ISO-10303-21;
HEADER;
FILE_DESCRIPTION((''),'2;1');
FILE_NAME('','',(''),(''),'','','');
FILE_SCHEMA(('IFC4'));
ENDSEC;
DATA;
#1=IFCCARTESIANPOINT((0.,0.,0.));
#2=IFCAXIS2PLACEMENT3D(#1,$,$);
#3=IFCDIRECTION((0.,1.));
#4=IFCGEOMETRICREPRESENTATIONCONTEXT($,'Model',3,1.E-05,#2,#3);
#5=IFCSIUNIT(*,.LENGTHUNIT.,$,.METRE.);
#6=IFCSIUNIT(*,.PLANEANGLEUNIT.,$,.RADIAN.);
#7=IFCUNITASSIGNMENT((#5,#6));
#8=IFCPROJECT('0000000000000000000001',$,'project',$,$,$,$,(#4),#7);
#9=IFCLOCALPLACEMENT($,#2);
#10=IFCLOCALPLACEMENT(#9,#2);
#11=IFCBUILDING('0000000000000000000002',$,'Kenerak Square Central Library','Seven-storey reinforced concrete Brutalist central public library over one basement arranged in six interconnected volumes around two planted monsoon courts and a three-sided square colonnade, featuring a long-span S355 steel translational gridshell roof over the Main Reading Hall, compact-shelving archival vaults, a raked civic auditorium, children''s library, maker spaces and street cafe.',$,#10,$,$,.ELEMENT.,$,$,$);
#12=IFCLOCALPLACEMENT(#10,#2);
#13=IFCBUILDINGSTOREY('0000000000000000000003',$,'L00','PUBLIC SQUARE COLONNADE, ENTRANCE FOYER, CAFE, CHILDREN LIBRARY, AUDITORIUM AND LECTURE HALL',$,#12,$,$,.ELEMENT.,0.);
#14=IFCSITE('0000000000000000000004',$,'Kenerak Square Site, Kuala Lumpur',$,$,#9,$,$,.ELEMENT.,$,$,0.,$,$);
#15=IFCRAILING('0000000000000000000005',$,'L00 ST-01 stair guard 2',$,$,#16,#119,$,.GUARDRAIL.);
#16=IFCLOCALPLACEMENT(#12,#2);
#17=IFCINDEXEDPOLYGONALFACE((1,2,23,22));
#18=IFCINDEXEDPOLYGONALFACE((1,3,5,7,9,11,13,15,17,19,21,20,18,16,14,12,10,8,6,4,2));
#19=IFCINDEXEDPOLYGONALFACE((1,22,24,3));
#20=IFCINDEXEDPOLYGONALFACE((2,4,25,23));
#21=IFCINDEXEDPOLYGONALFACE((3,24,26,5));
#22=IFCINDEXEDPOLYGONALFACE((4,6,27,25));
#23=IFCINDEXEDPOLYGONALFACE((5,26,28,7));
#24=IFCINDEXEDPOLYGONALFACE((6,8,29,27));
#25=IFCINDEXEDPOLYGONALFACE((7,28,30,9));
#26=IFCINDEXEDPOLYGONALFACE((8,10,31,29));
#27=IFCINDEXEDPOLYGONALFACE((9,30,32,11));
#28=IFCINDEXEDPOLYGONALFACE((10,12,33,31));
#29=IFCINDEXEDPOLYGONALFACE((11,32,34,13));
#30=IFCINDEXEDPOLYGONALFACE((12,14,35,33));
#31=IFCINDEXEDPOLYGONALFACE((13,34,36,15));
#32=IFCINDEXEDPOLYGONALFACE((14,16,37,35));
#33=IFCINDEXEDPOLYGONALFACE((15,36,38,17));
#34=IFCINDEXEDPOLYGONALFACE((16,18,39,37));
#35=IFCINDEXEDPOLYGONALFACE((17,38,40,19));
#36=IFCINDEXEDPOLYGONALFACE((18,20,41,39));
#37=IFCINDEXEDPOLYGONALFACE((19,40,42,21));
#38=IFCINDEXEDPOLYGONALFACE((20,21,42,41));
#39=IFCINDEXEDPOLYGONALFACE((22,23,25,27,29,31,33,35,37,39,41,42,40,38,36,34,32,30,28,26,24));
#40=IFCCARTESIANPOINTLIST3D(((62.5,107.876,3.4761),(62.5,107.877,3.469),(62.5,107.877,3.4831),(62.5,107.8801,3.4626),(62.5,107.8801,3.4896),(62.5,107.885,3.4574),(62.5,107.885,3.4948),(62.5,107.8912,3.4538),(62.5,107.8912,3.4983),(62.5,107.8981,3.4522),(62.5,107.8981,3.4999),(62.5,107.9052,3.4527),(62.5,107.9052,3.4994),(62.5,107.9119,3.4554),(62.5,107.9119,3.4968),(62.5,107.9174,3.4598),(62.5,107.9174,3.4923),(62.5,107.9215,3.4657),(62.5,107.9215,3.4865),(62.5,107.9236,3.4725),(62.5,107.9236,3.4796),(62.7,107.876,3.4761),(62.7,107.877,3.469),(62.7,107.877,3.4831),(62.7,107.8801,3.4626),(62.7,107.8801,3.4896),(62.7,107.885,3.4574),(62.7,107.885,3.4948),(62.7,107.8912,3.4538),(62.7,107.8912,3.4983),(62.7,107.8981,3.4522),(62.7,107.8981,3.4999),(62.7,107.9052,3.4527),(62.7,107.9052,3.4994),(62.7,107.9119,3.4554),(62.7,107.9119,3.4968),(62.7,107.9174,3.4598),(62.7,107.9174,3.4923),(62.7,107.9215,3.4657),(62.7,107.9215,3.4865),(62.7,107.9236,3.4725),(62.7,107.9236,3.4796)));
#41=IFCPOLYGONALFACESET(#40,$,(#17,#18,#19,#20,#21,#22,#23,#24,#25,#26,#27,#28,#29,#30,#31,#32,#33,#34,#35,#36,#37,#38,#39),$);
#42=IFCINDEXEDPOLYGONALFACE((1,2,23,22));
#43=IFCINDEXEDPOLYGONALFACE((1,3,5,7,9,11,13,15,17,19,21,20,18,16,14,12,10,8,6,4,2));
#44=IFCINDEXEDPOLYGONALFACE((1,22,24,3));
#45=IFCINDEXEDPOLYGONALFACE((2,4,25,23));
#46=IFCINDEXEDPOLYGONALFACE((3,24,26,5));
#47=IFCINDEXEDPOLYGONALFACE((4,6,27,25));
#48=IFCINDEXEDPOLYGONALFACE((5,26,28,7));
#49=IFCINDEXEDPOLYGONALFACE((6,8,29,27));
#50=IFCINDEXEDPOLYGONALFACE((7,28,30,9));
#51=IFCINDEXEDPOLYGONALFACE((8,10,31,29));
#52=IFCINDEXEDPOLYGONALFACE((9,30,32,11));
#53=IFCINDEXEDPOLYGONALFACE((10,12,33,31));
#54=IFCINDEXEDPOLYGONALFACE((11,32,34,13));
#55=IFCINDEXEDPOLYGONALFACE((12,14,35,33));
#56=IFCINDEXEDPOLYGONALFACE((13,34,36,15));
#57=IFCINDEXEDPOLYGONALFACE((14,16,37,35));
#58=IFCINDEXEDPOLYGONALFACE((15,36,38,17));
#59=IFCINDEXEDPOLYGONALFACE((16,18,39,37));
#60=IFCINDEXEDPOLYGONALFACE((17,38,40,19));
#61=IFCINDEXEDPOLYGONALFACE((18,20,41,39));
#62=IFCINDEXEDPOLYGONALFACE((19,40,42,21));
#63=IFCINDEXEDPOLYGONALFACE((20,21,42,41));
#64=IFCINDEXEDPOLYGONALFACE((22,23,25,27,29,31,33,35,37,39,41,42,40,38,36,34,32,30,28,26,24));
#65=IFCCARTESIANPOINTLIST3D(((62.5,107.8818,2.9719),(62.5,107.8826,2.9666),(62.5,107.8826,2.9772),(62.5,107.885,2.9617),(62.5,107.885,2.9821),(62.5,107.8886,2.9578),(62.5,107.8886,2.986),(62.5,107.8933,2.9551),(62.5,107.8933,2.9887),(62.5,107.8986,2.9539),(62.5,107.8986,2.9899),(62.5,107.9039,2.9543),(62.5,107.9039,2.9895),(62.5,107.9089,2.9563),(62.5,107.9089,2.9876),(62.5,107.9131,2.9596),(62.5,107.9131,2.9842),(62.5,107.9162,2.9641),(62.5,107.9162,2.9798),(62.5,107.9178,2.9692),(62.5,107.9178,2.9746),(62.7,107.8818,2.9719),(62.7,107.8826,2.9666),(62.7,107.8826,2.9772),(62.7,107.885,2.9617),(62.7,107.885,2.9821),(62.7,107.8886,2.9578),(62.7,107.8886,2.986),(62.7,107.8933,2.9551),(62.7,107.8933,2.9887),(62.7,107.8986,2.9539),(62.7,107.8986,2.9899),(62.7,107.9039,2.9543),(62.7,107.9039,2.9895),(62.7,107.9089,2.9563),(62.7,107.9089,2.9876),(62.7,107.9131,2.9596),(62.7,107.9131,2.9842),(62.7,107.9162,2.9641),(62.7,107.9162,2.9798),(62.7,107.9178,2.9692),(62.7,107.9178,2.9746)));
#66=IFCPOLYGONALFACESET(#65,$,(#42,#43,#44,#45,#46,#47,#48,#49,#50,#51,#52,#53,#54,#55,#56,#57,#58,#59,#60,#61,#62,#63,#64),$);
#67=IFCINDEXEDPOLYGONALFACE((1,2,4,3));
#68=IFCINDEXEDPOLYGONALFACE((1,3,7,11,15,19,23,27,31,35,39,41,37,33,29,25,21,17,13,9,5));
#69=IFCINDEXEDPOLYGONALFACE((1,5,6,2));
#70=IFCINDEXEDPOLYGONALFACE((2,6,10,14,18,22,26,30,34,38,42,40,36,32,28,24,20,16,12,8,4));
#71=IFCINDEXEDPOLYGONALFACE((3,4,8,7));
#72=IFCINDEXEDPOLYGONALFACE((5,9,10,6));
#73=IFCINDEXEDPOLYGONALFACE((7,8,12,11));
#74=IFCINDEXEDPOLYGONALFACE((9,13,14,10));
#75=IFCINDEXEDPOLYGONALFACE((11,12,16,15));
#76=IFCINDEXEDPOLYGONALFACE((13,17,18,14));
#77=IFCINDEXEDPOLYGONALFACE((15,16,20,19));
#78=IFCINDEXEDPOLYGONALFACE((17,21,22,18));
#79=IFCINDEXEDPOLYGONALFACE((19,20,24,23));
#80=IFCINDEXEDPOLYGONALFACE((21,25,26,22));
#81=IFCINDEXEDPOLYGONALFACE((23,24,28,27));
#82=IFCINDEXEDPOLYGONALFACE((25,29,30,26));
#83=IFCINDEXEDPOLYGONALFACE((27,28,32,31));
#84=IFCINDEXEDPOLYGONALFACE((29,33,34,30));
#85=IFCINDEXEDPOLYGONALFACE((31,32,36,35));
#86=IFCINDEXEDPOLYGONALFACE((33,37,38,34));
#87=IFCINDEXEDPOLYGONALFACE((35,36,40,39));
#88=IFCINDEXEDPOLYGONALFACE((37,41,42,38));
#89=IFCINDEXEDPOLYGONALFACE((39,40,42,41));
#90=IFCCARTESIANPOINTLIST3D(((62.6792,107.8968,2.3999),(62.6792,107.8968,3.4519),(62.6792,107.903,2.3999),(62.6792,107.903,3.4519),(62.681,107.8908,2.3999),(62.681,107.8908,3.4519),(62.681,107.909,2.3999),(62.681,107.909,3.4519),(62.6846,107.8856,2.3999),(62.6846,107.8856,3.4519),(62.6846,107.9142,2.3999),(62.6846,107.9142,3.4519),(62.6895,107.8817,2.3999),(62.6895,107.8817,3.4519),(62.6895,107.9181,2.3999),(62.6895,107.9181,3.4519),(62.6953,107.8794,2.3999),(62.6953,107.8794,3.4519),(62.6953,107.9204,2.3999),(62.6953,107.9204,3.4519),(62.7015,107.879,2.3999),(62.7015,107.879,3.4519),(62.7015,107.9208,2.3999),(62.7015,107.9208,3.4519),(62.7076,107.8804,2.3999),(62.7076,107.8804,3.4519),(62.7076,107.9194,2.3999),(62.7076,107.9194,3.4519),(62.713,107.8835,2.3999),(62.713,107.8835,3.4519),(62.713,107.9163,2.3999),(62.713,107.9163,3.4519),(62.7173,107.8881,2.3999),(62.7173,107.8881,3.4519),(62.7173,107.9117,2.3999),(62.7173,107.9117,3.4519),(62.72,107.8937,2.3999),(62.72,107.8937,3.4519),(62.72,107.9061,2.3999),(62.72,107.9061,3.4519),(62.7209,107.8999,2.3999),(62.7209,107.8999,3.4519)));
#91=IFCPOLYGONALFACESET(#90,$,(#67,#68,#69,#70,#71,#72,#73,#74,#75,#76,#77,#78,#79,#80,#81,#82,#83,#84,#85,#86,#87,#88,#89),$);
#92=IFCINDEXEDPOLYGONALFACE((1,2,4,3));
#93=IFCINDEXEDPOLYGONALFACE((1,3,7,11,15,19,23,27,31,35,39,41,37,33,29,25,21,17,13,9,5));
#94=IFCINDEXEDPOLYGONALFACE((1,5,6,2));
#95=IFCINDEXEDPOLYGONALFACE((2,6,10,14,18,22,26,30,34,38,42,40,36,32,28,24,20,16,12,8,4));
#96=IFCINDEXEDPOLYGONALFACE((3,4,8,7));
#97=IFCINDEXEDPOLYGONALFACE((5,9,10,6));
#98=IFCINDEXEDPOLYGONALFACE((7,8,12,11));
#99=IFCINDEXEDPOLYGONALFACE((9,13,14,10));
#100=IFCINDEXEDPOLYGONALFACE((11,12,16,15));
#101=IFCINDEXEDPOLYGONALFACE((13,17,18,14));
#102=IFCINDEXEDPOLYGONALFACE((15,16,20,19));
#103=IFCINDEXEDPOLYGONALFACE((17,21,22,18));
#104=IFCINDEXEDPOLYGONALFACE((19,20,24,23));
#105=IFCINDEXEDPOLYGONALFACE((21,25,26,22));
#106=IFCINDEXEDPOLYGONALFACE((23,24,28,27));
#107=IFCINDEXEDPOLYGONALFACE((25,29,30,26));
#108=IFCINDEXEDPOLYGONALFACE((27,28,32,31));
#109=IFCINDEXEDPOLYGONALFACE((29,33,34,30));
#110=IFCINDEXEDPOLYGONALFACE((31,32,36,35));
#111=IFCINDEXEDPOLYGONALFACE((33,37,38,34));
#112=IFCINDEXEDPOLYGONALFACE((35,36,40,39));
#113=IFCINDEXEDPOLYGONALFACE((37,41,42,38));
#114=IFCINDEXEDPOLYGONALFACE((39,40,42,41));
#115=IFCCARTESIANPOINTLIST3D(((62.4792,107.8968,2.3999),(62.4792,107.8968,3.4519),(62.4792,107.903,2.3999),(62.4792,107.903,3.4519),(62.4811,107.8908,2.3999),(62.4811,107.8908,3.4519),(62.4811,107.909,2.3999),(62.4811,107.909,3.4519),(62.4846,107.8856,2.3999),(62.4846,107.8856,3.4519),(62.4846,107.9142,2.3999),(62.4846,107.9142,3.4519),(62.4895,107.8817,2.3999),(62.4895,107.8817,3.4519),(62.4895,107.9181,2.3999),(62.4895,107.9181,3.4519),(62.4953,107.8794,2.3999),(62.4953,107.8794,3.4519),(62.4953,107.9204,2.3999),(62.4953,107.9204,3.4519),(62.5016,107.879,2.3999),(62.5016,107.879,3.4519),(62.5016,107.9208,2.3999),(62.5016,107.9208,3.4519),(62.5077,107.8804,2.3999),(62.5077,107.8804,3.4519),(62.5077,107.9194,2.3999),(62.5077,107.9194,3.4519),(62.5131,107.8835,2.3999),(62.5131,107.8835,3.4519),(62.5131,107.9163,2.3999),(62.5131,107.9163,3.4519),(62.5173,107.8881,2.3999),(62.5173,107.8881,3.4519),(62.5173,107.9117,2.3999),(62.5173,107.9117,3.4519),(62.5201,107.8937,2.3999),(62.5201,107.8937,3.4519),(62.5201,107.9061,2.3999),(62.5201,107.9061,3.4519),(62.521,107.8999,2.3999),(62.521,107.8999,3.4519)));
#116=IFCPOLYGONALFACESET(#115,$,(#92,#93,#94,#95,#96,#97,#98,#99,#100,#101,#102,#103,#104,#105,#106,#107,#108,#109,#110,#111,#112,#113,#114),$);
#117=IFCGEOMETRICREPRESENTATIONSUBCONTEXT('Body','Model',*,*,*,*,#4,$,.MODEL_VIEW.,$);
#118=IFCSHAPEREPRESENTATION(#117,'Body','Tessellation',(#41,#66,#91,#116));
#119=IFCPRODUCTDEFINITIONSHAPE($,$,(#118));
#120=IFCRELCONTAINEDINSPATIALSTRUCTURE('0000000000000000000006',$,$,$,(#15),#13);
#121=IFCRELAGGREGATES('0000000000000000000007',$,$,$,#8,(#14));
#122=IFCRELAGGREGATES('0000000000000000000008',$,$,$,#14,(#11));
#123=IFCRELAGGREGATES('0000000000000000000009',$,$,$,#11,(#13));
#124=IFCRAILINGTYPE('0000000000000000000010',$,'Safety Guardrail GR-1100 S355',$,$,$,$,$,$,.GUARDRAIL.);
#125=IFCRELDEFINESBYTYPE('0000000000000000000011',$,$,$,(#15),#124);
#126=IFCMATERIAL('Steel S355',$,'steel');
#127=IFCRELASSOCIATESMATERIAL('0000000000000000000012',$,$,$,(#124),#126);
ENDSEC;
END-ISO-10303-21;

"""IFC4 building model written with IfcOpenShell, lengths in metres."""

from ifc_helpers import new_model, si_unit, direction, frame, origin, origin_2d, place, context, subcontext, project, spatial, circle, extrude, material, type_object, element, save


model = new_model("IFC4")

# Units and contexts
model_context = context("Model", 3, precision=1e-05, world=origin(), true_north=direction((0.0, 1.0)))
body_context = subcontext(model_context, "Body", "Model", "MODEL_VIEW")
ifc_project = project(units=[si_unit("LENGTHUNIT", "METRE"), si_unit("PLANEANGLEUNIT", "RADIAN")], contexts=[model_context])

# Site, building, storey
site_placement = place(None, origin())
site = spatial("IfcSite", under=ifc_project, at=site_placement, Name="Kenerak Square Site, Kuala Lumpur", CompositionType="ELEMENT", RefElevation=0.0)
building_placement = place(site_placement, origin())
building = spatial("IfcBuilding", under=site, at=building_placement, Name="Kenerak Square Central Library", Description="Seven-storey reinforced concrete Brutalist central public library over one basement arranged in six interconnected volumes around two planted monsoon courts and a three-sided square colonnade, featuring a long-span S355 steel translational gridshell roof over the Main Reading Hall, compact-shelving archival vaults, a raked civic auditorium, children's library, maker spaces and street cafe.", CompositionType="ELEMENT")
storey_placement = place(building_placement, origin())
storey = spatial("IfcBuildingStorey", under=building, at=storey_placement, Name="L00", Description="PUBLIC SQUARE COLONNADE, ENTRANCE FOYER, CAFE, CHILDREN LIBRARY, AUDITORIUM AND LECTURE HALL", CompositionType="ELEMENT", Elevation=0.0)

# Shared definitions
ifc_material_1 = material(Name="Steel S355", Category="steel")

# Railing
railing_type_1 = type_object("IfcRailingType", Name="Safety Guardrail GR-1100 S355", PredefinedType="GUARDRAIL", material=ifc_material_1)
railing_1_placement = place(storey_placement, frame((62.7, 107.8999, 2.3999)))
element("IfcRailing", 1, at=railing_1_placement, inside=storey, type_object=railing_type_1, Name="L00 ST-01 stair guard 2", PredefinedType="GUARDRAIL", context=body_context, shape_type="SweptSolid", body=[
    extrude(circle(Radius=0.0239, at=origin_2d()), frame((0.0, 0.0, 1.0762), z_axis=(-1.0, 0.0, 0.0), x_axis=(0.0, -1.0, 0.0)), (0.0, 0.0, 1.0), 0.2),
    extrude(circle(Radius=0.0181, at=origin_2d()), frame((0.0, 0.0, 0.572), z_axis=(-1.0, 0.0, 0.0), x_axis=(0.0, -1.0, 0.0)), (0.0, 0.0, 1.0), 0.2),
    extrude(circle(Radius=0.021, at=origin_2d()), origin(), (0.0, 0.0, 1.0), 1.052),
    extrude(circle(Radius=0.021, at=origin_2d()), frame((-0.2, 0.0, 0.0)), (0.0, 0.0, 1.0), 1.052),
])

save(model, "model.ifc")
